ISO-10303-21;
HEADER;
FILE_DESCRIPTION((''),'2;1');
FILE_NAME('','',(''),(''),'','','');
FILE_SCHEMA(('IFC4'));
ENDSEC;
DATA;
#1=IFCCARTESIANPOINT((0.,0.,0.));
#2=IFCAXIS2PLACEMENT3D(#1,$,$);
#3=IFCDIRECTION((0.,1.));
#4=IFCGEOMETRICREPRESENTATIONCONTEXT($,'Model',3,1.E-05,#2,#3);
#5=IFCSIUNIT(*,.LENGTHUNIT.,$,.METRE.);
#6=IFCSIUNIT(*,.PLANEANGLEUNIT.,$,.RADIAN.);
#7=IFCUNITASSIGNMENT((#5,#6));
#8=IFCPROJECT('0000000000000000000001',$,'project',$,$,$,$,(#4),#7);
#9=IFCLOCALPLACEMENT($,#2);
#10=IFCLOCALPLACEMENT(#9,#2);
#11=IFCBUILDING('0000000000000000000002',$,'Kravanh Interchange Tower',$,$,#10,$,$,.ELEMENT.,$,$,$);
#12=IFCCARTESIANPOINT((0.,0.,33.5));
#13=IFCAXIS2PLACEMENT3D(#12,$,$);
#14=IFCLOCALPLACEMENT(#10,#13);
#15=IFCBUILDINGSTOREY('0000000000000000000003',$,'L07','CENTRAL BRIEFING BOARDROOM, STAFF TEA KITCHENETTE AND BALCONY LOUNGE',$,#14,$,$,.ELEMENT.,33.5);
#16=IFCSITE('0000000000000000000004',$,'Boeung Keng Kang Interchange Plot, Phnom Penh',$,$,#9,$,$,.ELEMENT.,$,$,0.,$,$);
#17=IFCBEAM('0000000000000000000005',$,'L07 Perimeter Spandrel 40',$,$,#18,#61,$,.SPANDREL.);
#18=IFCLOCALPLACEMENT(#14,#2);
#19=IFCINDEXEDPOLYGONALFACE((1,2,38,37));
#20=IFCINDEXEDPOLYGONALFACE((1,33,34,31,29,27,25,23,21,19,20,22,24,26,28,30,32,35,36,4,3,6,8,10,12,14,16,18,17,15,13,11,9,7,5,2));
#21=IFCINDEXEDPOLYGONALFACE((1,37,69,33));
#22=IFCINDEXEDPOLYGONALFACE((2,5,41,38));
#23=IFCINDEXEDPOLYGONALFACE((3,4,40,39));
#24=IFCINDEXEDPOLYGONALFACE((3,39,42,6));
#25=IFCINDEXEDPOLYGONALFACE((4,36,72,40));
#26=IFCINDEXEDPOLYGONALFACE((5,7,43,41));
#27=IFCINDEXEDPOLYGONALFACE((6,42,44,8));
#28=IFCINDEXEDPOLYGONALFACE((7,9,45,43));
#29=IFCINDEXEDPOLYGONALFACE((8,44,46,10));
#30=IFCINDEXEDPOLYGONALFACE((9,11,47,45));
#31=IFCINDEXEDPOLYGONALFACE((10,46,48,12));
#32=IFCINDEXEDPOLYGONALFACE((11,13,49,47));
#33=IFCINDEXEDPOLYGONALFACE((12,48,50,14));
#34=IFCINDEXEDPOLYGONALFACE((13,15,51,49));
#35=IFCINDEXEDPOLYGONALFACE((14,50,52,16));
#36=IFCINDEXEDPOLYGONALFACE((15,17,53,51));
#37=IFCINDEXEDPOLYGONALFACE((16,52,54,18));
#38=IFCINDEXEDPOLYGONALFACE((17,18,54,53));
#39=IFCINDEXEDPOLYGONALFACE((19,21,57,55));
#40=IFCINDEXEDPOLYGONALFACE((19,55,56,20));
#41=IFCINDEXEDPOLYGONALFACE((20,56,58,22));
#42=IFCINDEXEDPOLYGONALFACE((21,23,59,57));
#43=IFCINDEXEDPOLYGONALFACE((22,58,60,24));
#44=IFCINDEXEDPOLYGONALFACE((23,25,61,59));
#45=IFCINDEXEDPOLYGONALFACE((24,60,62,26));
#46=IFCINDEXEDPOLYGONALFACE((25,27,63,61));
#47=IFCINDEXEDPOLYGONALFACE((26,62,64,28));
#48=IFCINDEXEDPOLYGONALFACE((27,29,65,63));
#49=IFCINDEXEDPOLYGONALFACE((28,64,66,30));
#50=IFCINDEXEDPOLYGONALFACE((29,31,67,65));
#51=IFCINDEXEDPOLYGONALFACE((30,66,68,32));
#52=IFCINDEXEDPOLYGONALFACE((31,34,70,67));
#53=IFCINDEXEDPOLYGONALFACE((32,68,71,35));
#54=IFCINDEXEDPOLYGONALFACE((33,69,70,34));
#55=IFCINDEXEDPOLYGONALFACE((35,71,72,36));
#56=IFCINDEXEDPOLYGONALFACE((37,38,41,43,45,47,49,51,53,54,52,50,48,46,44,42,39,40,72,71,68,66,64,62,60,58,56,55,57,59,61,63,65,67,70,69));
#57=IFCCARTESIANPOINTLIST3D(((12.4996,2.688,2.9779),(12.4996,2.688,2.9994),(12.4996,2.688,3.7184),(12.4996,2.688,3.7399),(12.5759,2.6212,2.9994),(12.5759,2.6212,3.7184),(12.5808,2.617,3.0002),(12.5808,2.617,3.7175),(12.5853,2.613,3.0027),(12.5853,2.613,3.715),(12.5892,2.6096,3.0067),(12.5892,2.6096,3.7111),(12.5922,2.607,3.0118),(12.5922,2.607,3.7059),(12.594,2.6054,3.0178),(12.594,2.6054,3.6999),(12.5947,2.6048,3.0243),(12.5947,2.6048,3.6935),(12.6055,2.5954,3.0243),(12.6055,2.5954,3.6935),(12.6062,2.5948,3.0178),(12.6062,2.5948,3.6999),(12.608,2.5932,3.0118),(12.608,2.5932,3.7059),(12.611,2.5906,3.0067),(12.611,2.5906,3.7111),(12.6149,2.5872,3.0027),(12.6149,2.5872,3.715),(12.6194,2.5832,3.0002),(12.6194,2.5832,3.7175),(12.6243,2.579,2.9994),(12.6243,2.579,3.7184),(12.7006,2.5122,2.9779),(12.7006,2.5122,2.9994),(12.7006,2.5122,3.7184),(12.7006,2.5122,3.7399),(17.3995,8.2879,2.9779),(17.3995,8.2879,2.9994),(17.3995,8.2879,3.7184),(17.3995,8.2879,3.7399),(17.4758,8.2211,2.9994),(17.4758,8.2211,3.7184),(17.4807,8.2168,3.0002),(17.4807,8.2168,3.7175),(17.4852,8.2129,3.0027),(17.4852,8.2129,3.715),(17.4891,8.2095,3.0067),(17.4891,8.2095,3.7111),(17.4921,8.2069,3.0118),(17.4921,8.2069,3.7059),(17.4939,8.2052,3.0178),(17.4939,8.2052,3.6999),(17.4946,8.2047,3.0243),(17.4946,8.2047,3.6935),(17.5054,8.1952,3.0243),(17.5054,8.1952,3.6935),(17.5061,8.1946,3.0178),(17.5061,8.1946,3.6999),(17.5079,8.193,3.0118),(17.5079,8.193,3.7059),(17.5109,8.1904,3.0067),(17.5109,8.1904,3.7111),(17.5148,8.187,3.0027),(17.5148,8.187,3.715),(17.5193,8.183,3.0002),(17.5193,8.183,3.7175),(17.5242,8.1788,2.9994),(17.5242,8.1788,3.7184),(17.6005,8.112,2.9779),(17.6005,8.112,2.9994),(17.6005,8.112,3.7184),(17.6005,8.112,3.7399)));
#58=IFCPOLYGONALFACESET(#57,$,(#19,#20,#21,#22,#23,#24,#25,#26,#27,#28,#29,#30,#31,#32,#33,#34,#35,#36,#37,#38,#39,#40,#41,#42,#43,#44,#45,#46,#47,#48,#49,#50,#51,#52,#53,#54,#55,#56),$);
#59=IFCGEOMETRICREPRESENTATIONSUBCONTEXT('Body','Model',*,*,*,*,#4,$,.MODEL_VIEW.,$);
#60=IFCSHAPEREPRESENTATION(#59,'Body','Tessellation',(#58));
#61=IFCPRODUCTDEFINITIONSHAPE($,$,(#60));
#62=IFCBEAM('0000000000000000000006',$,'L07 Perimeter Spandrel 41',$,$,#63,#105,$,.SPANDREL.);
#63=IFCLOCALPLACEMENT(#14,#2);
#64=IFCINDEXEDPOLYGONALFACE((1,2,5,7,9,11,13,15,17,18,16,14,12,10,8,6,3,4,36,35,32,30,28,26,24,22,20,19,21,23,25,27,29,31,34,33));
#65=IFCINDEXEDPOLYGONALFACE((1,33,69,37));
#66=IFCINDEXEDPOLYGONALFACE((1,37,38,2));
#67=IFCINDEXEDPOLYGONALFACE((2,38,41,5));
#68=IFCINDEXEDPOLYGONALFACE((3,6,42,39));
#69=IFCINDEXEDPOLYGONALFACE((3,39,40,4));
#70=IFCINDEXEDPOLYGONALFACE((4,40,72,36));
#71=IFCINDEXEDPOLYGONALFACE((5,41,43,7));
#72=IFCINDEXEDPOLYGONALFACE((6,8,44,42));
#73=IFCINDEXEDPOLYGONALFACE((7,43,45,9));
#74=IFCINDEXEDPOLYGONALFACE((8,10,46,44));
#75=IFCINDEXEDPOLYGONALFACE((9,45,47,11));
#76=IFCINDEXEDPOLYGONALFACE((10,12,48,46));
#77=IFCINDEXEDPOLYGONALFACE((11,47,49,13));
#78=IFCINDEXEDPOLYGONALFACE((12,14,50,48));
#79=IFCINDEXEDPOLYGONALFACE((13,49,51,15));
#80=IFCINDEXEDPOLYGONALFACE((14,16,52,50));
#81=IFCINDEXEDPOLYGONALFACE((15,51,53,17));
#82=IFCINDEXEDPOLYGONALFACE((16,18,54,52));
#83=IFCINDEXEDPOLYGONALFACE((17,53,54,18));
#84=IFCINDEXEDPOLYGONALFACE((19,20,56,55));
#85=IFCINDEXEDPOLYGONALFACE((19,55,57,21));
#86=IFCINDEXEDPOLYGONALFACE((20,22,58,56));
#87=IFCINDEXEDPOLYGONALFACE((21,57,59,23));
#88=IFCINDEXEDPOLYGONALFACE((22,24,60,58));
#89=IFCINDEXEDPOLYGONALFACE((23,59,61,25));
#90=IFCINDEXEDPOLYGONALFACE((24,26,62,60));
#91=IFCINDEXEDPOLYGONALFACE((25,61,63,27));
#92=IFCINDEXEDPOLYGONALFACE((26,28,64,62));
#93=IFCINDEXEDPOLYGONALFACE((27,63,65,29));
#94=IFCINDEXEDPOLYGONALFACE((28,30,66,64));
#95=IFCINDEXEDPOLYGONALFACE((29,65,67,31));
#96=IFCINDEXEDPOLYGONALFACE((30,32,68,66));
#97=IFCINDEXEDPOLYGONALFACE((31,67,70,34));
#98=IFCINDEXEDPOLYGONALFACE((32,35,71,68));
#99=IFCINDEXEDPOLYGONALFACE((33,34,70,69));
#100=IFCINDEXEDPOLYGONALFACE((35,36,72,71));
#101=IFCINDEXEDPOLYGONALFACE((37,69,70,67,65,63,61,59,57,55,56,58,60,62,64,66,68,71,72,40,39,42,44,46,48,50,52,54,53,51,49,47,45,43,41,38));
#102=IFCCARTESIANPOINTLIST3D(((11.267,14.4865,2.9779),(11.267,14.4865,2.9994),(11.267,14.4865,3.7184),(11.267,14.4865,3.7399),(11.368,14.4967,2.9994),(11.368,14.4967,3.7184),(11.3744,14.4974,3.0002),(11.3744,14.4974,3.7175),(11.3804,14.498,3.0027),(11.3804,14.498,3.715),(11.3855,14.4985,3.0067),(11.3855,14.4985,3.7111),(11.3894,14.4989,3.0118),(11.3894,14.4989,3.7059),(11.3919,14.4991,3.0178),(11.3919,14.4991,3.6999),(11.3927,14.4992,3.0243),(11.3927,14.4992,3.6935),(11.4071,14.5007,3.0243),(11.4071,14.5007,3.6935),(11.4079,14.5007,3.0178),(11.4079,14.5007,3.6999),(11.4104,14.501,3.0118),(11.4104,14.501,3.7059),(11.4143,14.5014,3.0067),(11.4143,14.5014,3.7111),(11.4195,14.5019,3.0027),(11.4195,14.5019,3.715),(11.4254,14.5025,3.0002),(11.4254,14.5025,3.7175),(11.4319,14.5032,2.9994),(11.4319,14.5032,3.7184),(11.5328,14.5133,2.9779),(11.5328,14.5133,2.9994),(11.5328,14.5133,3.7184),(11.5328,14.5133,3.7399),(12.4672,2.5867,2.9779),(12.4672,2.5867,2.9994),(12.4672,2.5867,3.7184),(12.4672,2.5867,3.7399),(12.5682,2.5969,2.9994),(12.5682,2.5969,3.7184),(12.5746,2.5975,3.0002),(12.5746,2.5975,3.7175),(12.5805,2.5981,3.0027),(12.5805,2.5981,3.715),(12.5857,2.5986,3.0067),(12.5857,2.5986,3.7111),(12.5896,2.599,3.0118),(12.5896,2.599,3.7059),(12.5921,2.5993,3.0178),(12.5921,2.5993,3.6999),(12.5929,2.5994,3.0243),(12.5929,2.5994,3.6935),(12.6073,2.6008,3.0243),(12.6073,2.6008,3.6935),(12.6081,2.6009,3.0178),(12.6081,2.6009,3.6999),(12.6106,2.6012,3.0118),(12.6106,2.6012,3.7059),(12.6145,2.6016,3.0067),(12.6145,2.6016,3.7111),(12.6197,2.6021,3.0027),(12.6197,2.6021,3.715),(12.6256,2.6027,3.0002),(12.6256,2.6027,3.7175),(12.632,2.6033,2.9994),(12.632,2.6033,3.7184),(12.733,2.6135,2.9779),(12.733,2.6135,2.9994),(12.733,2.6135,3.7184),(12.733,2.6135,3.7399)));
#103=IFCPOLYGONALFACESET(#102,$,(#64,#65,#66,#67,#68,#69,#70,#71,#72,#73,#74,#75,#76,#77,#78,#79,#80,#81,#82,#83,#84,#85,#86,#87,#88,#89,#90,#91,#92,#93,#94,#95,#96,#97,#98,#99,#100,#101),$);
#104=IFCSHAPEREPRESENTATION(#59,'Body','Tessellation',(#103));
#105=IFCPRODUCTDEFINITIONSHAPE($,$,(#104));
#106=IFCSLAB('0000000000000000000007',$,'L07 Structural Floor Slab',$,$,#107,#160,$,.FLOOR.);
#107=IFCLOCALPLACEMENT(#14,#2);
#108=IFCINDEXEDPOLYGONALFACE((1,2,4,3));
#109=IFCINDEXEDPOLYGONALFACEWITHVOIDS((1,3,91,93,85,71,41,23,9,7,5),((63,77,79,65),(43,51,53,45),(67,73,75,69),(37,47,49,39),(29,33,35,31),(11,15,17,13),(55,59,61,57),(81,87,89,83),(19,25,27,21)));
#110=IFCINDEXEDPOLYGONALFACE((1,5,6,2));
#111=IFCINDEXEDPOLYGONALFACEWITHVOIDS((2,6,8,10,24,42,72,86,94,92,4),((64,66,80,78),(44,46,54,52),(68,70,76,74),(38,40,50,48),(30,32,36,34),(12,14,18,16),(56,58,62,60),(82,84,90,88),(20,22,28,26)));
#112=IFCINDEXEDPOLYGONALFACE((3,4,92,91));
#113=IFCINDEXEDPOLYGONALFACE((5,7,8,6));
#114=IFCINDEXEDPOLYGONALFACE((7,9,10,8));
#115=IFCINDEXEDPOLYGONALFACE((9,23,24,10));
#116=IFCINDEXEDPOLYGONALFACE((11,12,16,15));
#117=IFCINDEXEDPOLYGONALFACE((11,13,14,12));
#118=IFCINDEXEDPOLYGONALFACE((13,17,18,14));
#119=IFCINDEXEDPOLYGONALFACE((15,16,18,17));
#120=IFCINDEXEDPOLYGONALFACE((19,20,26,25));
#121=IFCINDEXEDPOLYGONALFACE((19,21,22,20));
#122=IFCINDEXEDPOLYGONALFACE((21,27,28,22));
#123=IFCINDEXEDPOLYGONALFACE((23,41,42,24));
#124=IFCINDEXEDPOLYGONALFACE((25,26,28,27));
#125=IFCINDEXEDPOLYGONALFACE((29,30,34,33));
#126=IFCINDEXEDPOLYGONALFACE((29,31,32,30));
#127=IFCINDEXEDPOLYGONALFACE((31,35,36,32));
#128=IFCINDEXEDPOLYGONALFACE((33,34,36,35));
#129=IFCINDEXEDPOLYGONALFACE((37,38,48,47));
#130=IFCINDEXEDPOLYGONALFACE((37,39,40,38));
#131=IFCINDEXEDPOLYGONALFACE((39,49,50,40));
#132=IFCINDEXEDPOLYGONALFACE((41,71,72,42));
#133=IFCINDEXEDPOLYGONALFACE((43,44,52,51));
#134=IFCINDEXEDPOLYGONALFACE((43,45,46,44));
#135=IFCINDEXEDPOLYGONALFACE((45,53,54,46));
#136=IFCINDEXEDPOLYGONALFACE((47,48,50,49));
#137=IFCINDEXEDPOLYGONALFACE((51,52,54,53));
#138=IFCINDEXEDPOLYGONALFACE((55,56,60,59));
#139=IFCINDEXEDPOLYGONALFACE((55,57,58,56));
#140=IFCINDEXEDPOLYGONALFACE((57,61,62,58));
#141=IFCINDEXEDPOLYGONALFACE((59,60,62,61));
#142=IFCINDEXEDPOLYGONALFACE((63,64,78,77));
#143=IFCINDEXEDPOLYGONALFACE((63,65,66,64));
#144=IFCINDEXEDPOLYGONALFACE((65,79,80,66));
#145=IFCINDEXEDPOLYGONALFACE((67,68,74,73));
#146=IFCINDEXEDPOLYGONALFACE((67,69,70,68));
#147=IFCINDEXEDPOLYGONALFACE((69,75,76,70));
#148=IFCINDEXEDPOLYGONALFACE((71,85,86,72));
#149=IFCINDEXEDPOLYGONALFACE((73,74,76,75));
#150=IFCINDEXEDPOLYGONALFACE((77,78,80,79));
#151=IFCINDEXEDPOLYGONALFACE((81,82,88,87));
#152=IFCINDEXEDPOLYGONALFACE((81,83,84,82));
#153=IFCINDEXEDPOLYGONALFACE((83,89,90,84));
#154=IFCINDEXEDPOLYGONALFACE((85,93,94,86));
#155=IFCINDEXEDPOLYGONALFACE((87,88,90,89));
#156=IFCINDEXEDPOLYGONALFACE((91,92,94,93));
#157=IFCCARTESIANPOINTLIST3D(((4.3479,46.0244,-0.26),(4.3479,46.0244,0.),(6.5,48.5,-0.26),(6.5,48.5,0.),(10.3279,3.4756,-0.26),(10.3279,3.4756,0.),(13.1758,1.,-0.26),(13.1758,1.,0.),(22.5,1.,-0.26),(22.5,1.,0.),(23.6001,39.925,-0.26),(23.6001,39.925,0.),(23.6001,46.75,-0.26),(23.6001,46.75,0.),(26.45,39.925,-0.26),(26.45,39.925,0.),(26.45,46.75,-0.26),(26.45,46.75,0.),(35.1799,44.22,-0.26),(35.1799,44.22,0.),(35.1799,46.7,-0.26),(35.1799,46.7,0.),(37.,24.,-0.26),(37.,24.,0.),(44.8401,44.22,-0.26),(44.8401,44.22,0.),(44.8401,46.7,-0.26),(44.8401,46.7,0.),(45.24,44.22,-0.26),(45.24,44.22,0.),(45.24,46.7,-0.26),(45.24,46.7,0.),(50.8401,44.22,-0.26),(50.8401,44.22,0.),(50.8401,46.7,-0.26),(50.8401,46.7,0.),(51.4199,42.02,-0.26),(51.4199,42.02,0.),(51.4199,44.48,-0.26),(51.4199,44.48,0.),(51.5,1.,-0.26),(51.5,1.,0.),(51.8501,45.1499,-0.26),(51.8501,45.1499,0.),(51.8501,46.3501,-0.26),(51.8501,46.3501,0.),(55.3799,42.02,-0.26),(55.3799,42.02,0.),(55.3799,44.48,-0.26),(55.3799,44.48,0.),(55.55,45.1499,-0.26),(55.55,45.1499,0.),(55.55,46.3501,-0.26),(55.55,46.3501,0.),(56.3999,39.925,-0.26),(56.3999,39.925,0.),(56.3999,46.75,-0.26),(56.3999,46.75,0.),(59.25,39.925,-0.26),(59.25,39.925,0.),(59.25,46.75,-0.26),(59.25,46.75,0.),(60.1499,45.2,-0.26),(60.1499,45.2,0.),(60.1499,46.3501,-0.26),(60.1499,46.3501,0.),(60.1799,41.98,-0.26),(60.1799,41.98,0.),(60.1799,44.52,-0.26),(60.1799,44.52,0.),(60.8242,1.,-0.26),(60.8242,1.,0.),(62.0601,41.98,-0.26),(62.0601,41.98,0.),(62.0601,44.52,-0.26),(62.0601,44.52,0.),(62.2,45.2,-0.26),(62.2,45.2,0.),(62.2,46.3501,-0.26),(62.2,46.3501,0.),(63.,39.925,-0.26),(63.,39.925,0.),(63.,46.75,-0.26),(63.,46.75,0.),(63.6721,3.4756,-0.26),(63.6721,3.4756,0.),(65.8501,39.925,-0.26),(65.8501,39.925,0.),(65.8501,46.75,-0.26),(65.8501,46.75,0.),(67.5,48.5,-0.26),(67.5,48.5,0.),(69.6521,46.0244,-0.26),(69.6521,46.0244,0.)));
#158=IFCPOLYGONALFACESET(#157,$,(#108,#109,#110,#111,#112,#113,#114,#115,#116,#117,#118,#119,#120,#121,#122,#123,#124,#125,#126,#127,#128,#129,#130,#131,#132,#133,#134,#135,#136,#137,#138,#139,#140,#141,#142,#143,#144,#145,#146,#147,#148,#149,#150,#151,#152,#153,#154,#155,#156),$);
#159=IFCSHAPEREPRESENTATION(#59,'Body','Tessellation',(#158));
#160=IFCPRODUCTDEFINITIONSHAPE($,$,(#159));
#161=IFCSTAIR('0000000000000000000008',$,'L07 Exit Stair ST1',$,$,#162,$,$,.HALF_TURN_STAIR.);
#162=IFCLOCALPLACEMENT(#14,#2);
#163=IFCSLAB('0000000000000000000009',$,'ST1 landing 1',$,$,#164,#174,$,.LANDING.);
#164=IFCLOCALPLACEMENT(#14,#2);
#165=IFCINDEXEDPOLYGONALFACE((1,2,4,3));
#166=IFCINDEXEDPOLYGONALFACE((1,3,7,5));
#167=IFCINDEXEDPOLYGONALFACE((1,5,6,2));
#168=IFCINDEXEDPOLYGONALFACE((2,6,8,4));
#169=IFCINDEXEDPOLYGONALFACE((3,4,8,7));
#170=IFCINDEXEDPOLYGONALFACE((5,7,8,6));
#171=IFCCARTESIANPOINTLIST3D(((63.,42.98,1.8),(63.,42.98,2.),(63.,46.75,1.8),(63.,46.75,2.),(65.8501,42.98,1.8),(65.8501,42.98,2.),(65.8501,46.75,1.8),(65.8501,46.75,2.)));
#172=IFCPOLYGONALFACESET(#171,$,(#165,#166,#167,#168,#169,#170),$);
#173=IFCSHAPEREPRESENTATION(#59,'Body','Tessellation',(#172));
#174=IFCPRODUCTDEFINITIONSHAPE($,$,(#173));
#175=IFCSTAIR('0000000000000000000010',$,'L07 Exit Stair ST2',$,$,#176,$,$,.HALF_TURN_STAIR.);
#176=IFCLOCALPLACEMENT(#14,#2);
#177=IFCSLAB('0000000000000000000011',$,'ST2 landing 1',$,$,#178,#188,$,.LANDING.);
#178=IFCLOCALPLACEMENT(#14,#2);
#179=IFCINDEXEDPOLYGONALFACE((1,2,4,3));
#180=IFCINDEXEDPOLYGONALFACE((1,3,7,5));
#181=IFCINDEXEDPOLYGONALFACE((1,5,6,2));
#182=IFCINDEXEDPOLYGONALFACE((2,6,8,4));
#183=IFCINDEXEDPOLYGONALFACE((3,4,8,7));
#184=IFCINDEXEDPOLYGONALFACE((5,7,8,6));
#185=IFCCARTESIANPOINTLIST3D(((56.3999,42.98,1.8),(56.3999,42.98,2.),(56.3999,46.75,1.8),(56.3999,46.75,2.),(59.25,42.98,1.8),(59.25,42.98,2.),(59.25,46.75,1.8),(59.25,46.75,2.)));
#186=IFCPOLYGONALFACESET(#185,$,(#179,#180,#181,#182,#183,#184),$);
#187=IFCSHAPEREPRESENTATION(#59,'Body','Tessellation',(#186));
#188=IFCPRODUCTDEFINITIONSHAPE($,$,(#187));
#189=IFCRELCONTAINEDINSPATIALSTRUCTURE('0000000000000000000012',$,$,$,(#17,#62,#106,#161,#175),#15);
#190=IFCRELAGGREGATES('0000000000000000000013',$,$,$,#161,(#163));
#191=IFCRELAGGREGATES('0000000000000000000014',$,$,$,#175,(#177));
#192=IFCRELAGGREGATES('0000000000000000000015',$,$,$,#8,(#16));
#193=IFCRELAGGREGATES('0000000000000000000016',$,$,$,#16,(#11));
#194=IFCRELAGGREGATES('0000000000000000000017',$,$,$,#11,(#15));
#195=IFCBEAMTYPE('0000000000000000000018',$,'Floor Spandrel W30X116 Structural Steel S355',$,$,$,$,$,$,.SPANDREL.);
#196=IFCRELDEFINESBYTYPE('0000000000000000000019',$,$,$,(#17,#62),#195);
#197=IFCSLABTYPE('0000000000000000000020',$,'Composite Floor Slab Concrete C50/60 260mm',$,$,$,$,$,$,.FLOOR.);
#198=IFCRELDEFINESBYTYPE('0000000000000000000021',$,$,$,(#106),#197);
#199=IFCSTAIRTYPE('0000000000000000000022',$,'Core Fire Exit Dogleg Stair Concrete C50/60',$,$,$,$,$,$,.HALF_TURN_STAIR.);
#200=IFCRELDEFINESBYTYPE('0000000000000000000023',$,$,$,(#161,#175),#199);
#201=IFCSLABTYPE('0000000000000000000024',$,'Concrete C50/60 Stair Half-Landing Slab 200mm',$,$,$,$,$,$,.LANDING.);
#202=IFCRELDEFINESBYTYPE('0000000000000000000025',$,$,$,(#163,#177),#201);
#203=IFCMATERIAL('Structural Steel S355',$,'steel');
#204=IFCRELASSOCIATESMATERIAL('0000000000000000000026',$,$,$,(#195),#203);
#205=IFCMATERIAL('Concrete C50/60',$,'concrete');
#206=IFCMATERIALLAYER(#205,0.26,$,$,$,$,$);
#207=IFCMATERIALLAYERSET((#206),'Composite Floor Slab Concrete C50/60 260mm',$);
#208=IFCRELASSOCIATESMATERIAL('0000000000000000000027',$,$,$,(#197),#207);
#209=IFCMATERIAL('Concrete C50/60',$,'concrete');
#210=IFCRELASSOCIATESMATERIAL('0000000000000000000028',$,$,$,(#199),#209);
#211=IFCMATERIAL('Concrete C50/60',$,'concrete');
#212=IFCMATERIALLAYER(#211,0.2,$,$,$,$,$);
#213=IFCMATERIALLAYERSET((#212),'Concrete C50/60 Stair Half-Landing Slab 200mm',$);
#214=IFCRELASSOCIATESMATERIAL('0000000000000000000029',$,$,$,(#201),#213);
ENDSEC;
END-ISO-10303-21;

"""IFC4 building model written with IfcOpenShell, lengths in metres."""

from ifc_helpers import new_model, si_unit, direction, frame, origin, origin_2d, place, context, subcontext, project, spatial, polyline, i_section, outline, extrude, material, layer, layer_set, material_profile, profile_set, type_object, element, aggregate, save


model = new_model("IFC4")

# Units and contexts
model_context = context("Model", 3, precision=1e-05, world=origin(), true_north=direction((0.0, 1.0)))
body_context = subcontext(model_context, "Body", "Model", "MODEL_VIEW")
ifc_project = project(units=[si_unit("LENGTHUNIT", "METRE"), si_unit("PLANEANGLEUNIT", "RADIAN")], contexts=[model_context])

# Site, building, storey
site_placement = place(None, origin())
site = spatial("IfcSite", under=ifc_project, at=site_placement, Name="Boeung Keng Kang Interchange Plot, Phnom Penh", CompositionType="ELEMENT", RefElevation=0.0)
building_placement = place(site_placement, origin())
building = spatial("IfcBuilding", under=site, at=building_placement, Name="Kravanh Interchange Tower", CompositionType="ELEMENT")
storey_placement = place(building_placement, frame((0.0, 0.0, 33.5)))
storey = spatial("IfcBuildingStorey", under=building, at=storey_placement, Name="L07", Description="CENTRAL BRIEFING BOARDROOM, STAFF TEA KITCHENETTE AND BALCONY LOUNGE", CompositionType="ELEMENT", Elevation=33.5)

# Beams
ifc_material_1 = material(Name="Structural Steel S355", Category="steel")
ifc_material_profile_1 = material_profile(ifc_material_1, i_section(OverallWidth=0.2671, OverallDepth=0.762, WebThickness=0.0144, FlangeThickness=0.0215, FilletRadius=0.0249, at=origin_2d()), Name="W30X116")
ifc_profile_set_1 = profile_set([ifc_material_profile_1], Name="Structural Steel S355")
beam_type_1 = type_object("IfcBeamType", Name="Floor Spandrel W30X116 Structural Steel S355", PredefinedType="SPANDREL", material=ifc_profile_set_1)
beam_1_placement = place(storey_placement, frame((12.6001, 2.6001, 3.3589), z_axis=(0.658507, 0.752575, 0.0), x_axis=(-0.752575, 0.658507, 0.0)))
element("IfcBeam", 1, at=beam_1_placement, inside=storey, type_object=beam_type_1, Name="L07 Perimeter Spandrel 40", PredefinedType="SPANDREL", context=body_context, shape_type="SweptSolid", body=[
    extrude(i_section(OverallWidth=0.2671, OverallDepth=0.762, WebThickness=0.0144, FlangeThickness=0.0215, FilletRadius=0.0249, at=origin_2d()), origin(), (0.0, 0.0, 1.0), 7.4409),
])
beam_2_placement = place(storey_placement, frame((12.6001, 2.6001, 3.3589), z_axis=(-0.100348, 0.994952, 0.0), x_axis=(-0.994952, -0.100348, 0.0)))
element("IfcBeam", 2, at=beam_2_placement, inside=storey, type_object=beam_type_1, Name="L07 Perimeter Spandrel 41", PredefinedType="SPANDREL", context=body_context, shape_type="SweptSolid", body=[
    extrude(i_section(OverallWidth=0.2671, OverallDepth=0.762, WebThickness=0.0144, FlangeThickness=0.0215, FilletRadius=0.0249, at=origin_2d()), origin(), (0.0, 0.0, 1.0), 11.9602),
])

# Slab
ifc_material_2 = material(Name="Concrete C50/60", Category="concrete")
ifc_layer_1 = layer(ifc_material_2, 0.26)
ifc_layer_set_1 = layer_set([ifc_layer_1], Name="Composite Floor Slab Concrete C50/60 260mm")
slab_type_1 = type_object("IfcSlabType", Name="Composite Floor Slab Concrete C50/60 260mm", PredefinedType="FLOOR", material=ifc_layer_set_1)
slab_1_placement = place(storey_placement, frame((0.0, 0.0, -0.26)))
element("IfcSlab", 3, at=slab_1_placement, inside=storey, type_object=slab_type_1, Name="L07 Structural Floor Slab", PredefinedType="FLOOR", context=body_context, shape_type="SweptSolid", body=[
    extrude(outline(polyline([(10.3279, 3.4756), (13.1758, 1.0), (22.5, 1.0), (37.0, 24.0), (51.5, 1.0), (60.8242, 1.0), (63.6721, 3.4756), (69.6521, 46.0244), (67.5, 48.5), (6.5, 48.5), (4.3479, 46.0244), (10.3279, 3.4756)]), holes=[polyline([(65.8501, 39.925), (65.8501, 46.75), (63.0, 46.75), (63.0, 39.925), (65.8501, 39.925)]), polyline([(59.25, 39.925), (59.25, 46.75), (56.3999, 46.75), (56.3999, 39.925), (59.25, 39.925)]), polyline([(26.45, 39.925), (26.45, 46.75), (23.6001, 46.75), (23.6001, 39.925), (26.45, 39.925)]), polyline([(35.1799, 44.22), (44.8401, 44.22), (44.8401, 46.7), (35.1799, 46.7), (35.1799, 44.22)]), polyline([(45.24, 44.22), (50.8401, 44.22), (50.8401, 46.7), (45.24, 46.7), (45.24, 44.22)]), polyline([(51.4199, 42.02), (55.3799, 42.02), (55.3799, 44.48), (51.4199, 44.48), (51.4199, 42.02)]), polyline([(60.1799, 41.98), (62.0601, 41.98), (62.0601, 44.52), (60.1799, 44.52), (60.1799, 41.98)]), polyline([(60.1499, 45.2), (62.2, 45.2), (62.2, 46.3501), (60.1499, 46.3501), (60.1499, 45.2)]), polyline([(51.8501, 45.1499), (55.55, 45.1499), (55.55, 46.3501), (51.8501, 46.3501), (51.8501, 45.1499)])]), origin(), (0.0, 0.0, 1.0), 0.26),
])

# Stairs, slabs
ifc_material_3 = material(Name="Concrete C50/60", Category="concrete")
stair_type = type_object("IfcStairType", Name="Core Fire Exit Dogleg Stair Concrete C50/60", PredefinedType="HALF_TURN_STAIR", material=ifc_material_3)
stair_1_placement = place(storey_placement, origin())
stair_1 = element("IfcStair", 4, at=stair_1_placement, inside=storey, type_object=stair_type, Name="L07 Exit Stair ST1", PredefinedType="HALF_TURN_STAIR")
ifc_material_4 = material(Name="Concrete C50/60", Category="concrete")
ifc_layer_2 = layer(ifc_material_4, 0.2)
ifc_layer_set_2 = layer_set([ifc_layer_2], Name="Concrete C50/60 Stair Half-Landing Slab 200mm")
slab_type_2 = type_object("IfcSlabType", Name="Concrete C50/60 Stair Half-Landing Slab 200mm", PredefinedType="LANDING", material=ifc_layer_set_2)
slab_2_placement = place(storey_placement, frame((0.0, 0.0, 1.8)))
slab_2 = element("IfcSlab", 5, at=slab_2_placement, type_object=slab_type_2, Name="ST1 landing 1", PredefinedType="LANDING", context=body_context, shape_type="SweptSolid", body=[
    extrude(outline(polyline([(65.8501, 42.98), (65.8501, 46.75), (63.0, 46.75), (63.0, 42.98), (65.8501, 42.98)])), origin(), (0.0, 0.0, 1.0), 0.2),
])
aggregate(stair_1, [slab_2])
stair_2_placement = place(storey_placement, origin())
stair_2 = element("IfcStair", 6, at=stair_2_placement, inside=storey, type_object=stair_type, Name="L07 Exit Stair ST2", PredefinedType="HALF_TURN_STAIR")
slab_3_placement = place(storey_placement, frame((0.0, 0.0, 1.8)))
slab_3 = element("IfcSlab", 7, at=slab_3_placement, type_object=slab_type_2, Name="ST2 landing 1", PredefinedType="LANDING", context=body_context, shape_type="SweptSolid", body=[
    extrude(outline(polyline([(59.25, 42.98), (59.25, 46.75), (56.3999, 46.75), (56.3999, 42.98), (59.25, 42.98)])), origin(), (0.0, 0.0, 1.0), 0.2),
])
aggregate(stair_2, [slab_3])

save(model, "model.ifc")
